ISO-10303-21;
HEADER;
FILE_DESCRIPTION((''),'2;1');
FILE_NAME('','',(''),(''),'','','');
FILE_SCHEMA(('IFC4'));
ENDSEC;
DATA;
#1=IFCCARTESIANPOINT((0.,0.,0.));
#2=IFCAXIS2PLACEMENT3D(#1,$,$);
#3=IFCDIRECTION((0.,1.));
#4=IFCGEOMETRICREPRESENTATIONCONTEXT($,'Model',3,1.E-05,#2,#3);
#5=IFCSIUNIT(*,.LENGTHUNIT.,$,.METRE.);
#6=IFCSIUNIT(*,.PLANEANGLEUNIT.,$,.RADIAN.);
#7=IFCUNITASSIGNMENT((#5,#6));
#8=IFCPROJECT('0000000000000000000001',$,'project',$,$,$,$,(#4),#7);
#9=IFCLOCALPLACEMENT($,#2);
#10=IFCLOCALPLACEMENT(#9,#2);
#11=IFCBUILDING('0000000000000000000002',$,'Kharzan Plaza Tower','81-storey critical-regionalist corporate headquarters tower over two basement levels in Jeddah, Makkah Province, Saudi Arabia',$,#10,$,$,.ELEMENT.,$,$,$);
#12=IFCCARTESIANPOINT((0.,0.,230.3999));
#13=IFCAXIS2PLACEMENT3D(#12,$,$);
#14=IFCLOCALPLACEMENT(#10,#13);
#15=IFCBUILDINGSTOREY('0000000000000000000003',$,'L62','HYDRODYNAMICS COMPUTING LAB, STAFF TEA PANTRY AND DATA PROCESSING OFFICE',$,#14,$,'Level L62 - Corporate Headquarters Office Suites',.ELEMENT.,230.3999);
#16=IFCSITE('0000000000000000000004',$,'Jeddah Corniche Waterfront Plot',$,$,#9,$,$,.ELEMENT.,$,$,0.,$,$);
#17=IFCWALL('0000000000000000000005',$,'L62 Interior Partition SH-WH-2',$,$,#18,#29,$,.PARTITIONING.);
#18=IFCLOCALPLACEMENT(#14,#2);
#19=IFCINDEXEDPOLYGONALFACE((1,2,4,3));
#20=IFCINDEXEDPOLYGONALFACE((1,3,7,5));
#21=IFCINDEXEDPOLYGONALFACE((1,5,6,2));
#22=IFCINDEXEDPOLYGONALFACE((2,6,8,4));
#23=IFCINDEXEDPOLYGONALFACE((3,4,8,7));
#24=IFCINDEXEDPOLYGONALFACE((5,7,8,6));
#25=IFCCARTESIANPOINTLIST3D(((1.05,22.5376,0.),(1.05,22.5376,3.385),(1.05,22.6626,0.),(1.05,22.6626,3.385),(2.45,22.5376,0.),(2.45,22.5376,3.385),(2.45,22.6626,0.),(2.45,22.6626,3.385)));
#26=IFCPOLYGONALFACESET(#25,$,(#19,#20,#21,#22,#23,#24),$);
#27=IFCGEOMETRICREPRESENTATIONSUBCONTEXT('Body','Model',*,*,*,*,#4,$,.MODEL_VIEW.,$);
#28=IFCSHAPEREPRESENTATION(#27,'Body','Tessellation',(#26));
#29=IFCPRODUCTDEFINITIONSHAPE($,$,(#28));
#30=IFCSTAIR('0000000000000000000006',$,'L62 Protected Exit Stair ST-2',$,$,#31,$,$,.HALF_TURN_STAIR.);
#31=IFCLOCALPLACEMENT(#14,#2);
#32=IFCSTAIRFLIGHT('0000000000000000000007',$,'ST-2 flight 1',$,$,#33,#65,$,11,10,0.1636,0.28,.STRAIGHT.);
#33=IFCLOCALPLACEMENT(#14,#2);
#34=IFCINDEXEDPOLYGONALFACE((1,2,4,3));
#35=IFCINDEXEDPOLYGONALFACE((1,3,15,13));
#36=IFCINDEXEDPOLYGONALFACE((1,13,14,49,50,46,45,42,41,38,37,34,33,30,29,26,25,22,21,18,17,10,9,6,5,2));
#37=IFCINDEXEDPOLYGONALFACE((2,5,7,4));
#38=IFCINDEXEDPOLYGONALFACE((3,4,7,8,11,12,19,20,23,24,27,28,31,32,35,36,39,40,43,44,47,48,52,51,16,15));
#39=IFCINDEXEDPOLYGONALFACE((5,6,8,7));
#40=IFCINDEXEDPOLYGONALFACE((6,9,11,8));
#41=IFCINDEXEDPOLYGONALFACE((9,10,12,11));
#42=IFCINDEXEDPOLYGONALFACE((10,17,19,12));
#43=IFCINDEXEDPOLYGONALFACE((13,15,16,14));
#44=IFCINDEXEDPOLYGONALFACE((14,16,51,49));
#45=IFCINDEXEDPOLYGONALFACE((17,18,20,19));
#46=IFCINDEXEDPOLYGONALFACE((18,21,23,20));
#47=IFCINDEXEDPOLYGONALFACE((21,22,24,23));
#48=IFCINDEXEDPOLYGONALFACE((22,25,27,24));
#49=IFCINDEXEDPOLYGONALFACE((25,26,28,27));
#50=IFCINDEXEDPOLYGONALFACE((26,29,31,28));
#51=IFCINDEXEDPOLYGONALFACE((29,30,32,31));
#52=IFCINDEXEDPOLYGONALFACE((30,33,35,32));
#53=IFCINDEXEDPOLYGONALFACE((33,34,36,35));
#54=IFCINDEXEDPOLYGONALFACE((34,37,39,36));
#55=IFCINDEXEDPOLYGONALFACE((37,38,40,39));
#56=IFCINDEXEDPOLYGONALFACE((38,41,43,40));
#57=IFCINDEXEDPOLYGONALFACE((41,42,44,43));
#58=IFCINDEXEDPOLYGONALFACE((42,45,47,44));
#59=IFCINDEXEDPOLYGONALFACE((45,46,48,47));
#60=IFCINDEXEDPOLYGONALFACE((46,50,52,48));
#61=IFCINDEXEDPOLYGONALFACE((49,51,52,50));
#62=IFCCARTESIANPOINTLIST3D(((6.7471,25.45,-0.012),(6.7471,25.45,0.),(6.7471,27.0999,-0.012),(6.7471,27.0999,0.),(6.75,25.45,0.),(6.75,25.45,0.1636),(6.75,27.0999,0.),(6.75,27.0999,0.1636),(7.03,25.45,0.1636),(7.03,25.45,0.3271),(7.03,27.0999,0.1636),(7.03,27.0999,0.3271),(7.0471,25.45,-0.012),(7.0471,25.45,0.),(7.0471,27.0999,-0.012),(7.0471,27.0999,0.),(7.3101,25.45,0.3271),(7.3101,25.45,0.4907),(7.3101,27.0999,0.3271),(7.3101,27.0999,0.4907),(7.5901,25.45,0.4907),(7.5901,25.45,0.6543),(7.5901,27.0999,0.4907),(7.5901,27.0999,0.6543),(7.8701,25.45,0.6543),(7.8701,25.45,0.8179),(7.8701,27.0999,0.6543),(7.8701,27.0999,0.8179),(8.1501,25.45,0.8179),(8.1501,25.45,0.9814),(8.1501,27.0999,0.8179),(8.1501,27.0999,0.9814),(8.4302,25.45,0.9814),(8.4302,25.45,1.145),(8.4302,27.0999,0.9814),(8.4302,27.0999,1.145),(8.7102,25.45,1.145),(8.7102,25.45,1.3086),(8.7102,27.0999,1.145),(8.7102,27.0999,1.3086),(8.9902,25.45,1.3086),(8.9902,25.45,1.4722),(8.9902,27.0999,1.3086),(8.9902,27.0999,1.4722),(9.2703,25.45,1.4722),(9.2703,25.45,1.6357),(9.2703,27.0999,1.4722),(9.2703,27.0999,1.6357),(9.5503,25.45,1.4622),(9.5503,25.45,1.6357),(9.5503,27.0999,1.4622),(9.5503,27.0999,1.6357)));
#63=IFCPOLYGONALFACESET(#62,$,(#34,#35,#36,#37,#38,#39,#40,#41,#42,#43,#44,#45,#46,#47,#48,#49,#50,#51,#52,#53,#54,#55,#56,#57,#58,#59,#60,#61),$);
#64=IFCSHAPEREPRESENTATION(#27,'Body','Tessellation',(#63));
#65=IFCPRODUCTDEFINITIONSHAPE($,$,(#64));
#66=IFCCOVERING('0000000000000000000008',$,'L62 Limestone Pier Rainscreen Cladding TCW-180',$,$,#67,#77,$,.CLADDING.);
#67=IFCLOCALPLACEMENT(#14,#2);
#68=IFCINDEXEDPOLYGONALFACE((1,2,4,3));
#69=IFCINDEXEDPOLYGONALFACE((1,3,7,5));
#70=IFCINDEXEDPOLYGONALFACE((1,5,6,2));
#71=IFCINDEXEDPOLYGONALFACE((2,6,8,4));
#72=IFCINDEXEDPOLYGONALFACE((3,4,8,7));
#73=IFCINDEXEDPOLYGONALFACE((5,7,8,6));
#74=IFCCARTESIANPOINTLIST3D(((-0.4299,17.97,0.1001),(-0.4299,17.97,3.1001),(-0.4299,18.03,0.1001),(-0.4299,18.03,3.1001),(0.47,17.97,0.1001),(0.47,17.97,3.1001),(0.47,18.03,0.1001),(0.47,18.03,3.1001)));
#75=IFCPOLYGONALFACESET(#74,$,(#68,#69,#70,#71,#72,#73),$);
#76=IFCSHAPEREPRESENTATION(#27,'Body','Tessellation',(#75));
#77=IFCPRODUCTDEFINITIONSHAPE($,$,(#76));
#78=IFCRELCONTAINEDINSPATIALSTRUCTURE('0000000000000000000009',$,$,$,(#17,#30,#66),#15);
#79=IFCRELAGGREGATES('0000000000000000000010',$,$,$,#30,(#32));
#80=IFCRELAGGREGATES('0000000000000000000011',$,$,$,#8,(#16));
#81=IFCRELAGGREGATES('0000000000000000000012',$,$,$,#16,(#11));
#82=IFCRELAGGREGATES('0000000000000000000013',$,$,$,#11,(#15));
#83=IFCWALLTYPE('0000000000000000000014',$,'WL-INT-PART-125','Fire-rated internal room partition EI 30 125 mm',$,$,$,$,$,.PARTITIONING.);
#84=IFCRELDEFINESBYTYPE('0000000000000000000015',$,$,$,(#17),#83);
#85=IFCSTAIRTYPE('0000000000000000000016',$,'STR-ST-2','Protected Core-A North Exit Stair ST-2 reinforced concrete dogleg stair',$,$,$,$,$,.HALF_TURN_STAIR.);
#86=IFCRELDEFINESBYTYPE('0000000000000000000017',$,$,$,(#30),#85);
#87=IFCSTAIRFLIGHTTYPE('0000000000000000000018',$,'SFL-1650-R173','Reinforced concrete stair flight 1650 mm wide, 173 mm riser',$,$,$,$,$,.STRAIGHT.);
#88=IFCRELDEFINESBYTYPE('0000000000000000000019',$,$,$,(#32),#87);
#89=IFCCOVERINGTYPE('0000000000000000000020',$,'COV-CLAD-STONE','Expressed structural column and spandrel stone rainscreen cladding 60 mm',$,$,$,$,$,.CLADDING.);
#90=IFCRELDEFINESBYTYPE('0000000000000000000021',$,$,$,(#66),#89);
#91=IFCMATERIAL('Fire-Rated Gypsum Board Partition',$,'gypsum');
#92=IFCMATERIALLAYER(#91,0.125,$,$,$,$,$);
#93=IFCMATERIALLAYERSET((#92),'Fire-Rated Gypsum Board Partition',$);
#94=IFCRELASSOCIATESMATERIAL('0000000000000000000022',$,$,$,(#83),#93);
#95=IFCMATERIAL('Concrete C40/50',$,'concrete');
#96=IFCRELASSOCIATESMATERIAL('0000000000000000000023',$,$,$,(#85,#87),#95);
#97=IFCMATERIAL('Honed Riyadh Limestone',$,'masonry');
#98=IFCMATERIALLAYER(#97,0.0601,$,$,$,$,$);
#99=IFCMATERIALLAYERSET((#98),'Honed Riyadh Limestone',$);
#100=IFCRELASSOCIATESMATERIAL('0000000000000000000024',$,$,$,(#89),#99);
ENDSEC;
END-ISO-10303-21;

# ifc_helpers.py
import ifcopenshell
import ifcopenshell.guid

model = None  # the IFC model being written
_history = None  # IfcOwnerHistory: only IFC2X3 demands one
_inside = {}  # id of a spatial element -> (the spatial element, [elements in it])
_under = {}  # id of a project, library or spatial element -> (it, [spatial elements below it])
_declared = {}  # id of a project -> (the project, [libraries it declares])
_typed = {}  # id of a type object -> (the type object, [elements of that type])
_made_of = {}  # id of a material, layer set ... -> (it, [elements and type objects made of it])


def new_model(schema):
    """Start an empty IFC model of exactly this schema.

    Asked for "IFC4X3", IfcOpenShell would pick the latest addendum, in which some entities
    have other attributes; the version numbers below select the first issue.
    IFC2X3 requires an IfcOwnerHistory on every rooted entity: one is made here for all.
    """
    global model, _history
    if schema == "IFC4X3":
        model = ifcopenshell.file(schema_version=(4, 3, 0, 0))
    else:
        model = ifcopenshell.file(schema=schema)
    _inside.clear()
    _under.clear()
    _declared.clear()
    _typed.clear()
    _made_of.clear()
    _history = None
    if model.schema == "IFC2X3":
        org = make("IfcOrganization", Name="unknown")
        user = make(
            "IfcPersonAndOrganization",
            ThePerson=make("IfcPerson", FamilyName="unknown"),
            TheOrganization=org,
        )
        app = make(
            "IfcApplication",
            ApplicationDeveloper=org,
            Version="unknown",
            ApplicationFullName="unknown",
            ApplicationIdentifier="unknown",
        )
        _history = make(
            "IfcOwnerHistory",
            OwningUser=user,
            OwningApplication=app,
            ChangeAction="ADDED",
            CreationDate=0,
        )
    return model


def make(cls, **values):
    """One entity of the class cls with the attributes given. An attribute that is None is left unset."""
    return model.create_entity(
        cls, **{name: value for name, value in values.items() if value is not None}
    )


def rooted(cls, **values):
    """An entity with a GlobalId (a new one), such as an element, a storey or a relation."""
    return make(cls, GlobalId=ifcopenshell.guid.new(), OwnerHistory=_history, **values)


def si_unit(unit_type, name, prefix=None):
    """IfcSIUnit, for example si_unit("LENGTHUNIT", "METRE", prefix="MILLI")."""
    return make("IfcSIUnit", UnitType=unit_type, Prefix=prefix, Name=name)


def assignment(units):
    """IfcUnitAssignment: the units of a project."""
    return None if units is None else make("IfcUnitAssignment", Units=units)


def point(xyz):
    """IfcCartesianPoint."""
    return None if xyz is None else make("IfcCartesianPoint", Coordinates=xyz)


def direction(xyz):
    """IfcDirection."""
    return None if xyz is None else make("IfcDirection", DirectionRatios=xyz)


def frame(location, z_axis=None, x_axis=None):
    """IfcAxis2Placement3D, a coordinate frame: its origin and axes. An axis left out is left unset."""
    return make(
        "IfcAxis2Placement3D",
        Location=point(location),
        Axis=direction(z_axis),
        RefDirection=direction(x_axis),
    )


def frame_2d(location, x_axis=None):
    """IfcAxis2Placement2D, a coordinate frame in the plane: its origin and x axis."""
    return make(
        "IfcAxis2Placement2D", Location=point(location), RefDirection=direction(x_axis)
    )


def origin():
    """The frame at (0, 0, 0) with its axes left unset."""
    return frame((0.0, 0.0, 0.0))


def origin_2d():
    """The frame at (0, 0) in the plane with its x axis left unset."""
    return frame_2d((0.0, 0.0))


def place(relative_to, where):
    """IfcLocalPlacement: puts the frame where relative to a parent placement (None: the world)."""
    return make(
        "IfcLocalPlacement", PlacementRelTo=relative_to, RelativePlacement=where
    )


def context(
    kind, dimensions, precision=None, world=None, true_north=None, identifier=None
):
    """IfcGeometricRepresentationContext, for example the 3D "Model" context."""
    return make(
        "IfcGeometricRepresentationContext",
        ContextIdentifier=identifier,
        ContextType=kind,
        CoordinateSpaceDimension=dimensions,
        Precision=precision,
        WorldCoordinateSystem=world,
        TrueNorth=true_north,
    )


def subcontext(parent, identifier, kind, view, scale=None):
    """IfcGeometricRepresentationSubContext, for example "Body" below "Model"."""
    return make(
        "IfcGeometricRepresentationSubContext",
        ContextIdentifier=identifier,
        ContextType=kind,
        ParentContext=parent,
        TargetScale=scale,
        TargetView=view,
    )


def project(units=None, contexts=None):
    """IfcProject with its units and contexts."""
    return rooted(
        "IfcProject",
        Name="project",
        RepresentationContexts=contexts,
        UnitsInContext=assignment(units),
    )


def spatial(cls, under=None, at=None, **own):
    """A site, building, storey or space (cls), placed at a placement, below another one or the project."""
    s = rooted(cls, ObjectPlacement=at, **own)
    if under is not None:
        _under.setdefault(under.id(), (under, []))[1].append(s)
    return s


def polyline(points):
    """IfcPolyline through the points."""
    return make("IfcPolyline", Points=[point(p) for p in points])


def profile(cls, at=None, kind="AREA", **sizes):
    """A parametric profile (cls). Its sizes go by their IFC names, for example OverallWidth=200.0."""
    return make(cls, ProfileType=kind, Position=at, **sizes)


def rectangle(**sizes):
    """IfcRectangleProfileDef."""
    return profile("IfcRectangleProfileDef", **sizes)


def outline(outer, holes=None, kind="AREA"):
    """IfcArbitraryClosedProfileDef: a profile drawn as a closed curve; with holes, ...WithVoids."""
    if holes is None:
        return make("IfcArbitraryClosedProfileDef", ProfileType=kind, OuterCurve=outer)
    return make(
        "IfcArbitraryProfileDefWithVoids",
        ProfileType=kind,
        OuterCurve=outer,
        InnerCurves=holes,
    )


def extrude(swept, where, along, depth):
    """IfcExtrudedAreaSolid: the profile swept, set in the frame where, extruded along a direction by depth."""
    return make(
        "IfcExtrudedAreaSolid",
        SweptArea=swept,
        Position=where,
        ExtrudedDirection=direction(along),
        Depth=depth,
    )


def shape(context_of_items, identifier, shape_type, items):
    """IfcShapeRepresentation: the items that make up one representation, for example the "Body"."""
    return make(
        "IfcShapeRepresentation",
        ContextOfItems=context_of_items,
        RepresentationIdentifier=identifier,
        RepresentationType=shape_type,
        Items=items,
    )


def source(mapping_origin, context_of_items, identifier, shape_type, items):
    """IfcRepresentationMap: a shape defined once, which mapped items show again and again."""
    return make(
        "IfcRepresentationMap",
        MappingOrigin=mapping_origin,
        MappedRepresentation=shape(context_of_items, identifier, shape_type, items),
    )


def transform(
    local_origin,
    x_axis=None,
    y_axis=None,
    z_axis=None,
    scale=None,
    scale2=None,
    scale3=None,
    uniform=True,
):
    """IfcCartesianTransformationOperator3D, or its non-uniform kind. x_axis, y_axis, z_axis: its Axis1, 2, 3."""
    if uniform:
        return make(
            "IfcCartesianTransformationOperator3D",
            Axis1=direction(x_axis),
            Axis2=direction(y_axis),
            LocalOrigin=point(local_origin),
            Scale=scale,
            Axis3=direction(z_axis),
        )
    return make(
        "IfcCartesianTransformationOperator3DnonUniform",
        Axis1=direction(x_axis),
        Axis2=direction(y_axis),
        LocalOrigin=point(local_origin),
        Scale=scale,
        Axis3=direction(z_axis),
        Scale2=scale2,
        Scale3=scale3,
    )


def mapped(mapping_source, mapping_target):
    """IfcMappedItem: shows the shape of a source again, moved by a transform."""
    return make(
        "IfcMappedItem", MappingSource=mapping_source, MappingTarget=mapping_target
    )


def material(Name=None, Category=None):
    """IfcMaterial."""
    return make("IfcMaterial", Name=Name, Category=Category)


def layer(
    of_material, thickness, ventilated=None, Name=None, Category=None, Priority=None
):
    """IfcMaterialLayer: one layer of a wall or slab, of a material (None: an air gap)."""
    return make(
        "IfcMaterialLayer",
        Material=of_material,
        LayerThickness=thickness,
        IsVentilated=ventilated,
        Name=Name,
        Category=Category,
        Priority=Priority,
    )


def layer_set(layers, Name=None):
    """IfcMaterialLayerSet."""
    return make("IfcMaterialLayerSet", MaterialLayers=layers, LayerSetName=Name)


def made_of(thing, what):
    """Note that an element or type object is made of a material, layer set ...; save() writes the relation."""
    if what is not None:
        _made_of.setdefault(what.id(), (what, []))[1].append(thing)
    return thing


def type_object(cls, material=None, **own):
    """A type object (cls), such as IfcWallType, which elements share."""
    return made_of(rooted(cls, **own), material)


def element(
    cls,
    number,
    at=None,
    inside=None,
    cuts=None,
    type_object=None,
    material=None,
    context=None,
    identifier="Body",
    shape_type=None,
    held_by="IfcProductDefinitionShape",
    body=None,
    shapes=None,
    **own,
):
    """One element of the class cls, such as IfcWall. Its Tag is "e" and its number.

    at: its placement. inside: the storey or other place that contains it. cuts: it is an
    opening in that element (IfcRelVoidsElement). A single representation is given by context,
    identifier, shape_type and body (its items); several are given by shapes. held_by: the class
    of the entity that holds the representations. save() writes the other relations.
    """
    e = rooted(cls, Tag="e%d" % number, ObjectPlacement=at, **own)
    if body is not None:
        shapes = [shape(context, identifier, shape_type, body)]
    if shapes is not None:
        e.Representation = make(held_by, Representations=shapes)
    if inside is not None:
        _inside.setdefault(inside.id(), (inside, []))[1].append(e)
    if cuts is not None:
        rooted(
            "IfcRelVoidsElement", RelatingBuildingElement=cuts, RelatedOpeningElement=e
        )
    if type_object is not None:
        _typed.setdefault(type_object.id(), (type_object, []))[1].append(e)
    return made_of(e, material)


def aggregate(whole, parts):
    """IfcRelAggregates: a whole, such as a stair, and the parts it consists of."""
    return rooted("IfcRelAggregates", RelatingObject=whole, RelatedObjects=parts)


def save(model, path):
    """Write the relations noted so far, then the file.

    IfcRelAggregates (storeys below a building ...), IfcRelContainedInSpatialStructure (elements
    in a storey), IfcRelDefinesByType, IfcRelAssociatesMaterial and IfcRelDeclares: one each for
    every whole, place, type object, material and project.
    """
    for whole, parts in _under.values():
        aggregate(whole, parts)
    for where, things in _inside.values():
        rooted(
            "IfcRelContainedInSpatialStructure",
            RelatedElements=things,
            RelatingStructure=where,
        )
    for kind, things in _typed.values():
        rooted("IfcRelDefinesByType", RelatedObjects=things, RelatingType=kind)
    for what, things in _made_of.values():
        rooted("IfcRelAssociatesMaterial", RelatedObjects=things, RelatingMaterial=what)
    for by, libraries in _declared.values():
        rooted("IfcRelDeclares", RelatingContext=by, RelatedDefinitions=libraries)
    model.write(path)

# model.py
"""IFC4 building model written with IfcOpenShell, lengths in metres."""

from ifc_helpers import new_model, si_unit, direction, frame, frame_2d, origin, origin_2d, place, context, subcontext, project, spatial, polyline, rectangle, outline, extrude, source, transform, mapped, material, layer, layer_set, type_object, element, aggregate, save


model = new_model("IFC4")

# Units and contexts
model_context = context("Model", 3, precision=1e-05, world=origin(), true_north=direction((0.0, 1.0)))
body_context = subcontext(model_context, "Body", "Model", "MODEL_VIEW")
ifc_project = project(units=[si_unit("LENGTHUNIT", "METRE"), si_unit("PLANEANGLEUNIT", "RADIAN")], contexts=[model_context])

# Site, building, storey
site_placement = place(None, origin())
site = spatial("IfcSite", under=ifc_project, at=site_placement, Name="Jeddah Corniche Waterfront Plot", CompositionType="ELEMENT", RefElevation=0.0)
building_placement = place(site_placement, origin())
building = spatial("IfcBuilding", under=site, at=building_placement, Name="Kharzan Plaza Tower", Description="81-storey critical-regionalist corporate headquarters tower over two basement levels in Jeddah, Makkah Province, Saudi Arabia", CompositionType="ELEMENT")
storey_placement = place(building_placement, frame((0.0, 0.0, 230.3999)))
storey = spatial("IfcBuildingStorey", under=building, at=storey_placement, Name="L62", Description="HYDRODYNAMICS COMPUTING LAB, STAFF TEA PANTRY AND DATA PROCESSING OFFICE", LongName="Level L62 - Corporate Headquarters Office Suites", CompositionType="ELEMENT", Elevation=230.3999)

# Shared definitions
ifc_material_1 = material(Name="Concrete C40/50", Category="concrete")

# Shared definitions
ifc_material_2 = material(Name="Fire-Rated Gypsum Board Partition", Category="gypsum")
ifc_layer_1 = layer(ifc_material_2, 0.125)
ifc_layer_set_1 = layer_set([ifc_layer_1], Name="Fire-Rated Gypsum Board Partition")
wall_type_1 = type_object("IfcWallType", Name="WL-INT-PART-125", Description="Fire-rated internal room partition EI 30 125 mm", PredefinedType="PARTITIONING", material=ifc_layer_set_1)

# Wall
shared_shape_1 = source(origin(), body_context, "Body", "SweptSolid", [
    extrude(rectangle(XDim=1.3999, YDim=0.125, at=frame_2d((0.7, 0.0))), origin(), (0.0, 0.0, 1.0), 3.385),
])
wall_1_placement = place(storey_placement, frame((1.05, 22.6001, 0.0), z_axis=(0.0, 0.0, 1.0), x_axis=(1.0, 0.0, 0.0)))
element("IfcWall", 1, at=wall_1_placement, inside=storey, type_object=wall_type_1, Name="L62 Interior Partition SH-WH-2", PredefinedType="PARTITIONING", context=body_context, shape_type="MappedRepresentation", body=[
    mapped(shared_shape_1, transform((0.0, 0.0, 0.0), x_axis=(1.0, 0.0, 0.0), y_axis=(0.0, 1.0, 0.0), z_axis=(0.0, 0.0, 1.0))),
])

# Stair, stair flight
stair_type = type_object("IfcStairType", Name="STR-ST-2", Description="Protected Core-A North Exit Stair ST-2 reinforced concrete dogleg stair", PredefinedType="HALF_TURN_STAIR", material=ifc_material_1)
stair_placement = place(storey_placement, origin())
stair = element("IfcStair", 2, at=stair_placement, inside=storey, type_object=stair_type, Name="L62 Protected Exit Stair ST-2", PredefinedType="HALF_TURN_STAIR")
stair_flight_type = type_object("IfcStairFlightType", Name="SFL-1650-R173", Description="Reinforced concrete stair flight 1650 mm wide, 173 mm riser", PredefinedType="STRAIGHT", material=ifc_material_1)
shared_shape_2 = source(origin(), body_context, "Body", "SweptSolid", [
    extrude(outline(polyline([(-0.0029, -0.012), (-0.0029, 0.0), (0.0, 0.0), (0.0, 0.1636), (0.28, 0.1636), (0.28, 0.3271), (0.5601, 0.3271), (0.5601, 0.4907), (0.8401, 0.4907), (0.8401, 0.6543), (1.1201, 0.6543), (1.1201, 0.8179), (1.4001, 0.8179), (1.4001, 0.9814), (1.6802, 0.9814), (1.6802, 1.145), (1.9602, 1.145), (1.9602, 1.3086), (2.2402, 1.3086), (2.2402, 1.4722), (2.5203, 1.4722), (2.5203, 1.6357), (2.8003, 1.6357), (2.8003, 1.7993), (2.8003, 1.4622), (0.2971, 0.0), (0.2971, -0.012), (-0.0029, -0.012)])), frame((0.0, 0.825, 0.0), z_axis=(0.0, -1.0, 0.0), x_axis=(1.0, 0.0, 0.0)), (0.0, 0.0, 1.0), 1.6499),
])
stair_flight_placement = place(storey_placement, frame((6.75, 26.2749, 0.0), z_axis=(0.0, 0.0, 1.0), x_axis=(1.0, 0.0, 0.0)))
stair_flight = element("IfcStairFlight", 3, at=stair_flight_placement, type_object=stair_flight_type, Name="ST-2 flight 1", NumberOfRisers=11, NumberOfTreads=10, PredefinedType="STRAIGHT", RiserHeight=0.1636, TreadLength=0.28, context=body_context, shape_type="MappedRepresentation", body=[
    mapped(shared_shape_2, transform((0.0, 0.0, 0.0), x_axis=(1.0, 0.0, 0.0), y_axis=(0.0, 1.0, 0.0), z_axis=(0.0, 0.0, 1.0))),
])
aggregate(stair, [stair_flight])

# Covering
ifc_material_3 = material(Name="Honed Riyadh Limestone", Category="masonry")
ifc_layer_2 = layer(ifc_material_3, 0.0601)
ifc_layer_set_2 = layer_set([ifc_layer_2], Name="Honed Riyadh Limestone")
covering_type = type_object("IfcCoveringType", Name="COV-CLAD-STONE", Description="Expressed structural column and spandrel stone rainscreen cladding 60 mm", PredefinedType="CLADDING", material=ifc_layer_set_2)
shared_shape_3 = source(origin(), body_context, "Body", "SweptSolid", [
    extrude(rectangle(XDim=0.0601, YDim=0.8999, at=origin_2d()), origin(), (0.0, 0.0, 1.0), 3.0),
])
covering_placement = place(storey_placement, frame((0.02, 18.0, 0.1001), z_axis=(0.0, 0.0, 1.0), x_axis=(0.0, 1.0, 0.0)))
element("IfcCovering", 4, at=covering_placement, inside=storey, type_object=covering_type, Name="L62 Limestone Pier Rainscreen Cladding TCW-180", PredefinedType="CLADDING", context=body_context, shape_type="MappedRepresentation", body=[
    mapped(shared_shape_3, transform((0.0, 0.0, 0.0), x_axis=(1.0, 0.0, 0.0), y_axis=(0.0, 1.0, 0.0), z_axis=(0.0, 0.0, 1.0))),
])

save(model, "model.ifc")
